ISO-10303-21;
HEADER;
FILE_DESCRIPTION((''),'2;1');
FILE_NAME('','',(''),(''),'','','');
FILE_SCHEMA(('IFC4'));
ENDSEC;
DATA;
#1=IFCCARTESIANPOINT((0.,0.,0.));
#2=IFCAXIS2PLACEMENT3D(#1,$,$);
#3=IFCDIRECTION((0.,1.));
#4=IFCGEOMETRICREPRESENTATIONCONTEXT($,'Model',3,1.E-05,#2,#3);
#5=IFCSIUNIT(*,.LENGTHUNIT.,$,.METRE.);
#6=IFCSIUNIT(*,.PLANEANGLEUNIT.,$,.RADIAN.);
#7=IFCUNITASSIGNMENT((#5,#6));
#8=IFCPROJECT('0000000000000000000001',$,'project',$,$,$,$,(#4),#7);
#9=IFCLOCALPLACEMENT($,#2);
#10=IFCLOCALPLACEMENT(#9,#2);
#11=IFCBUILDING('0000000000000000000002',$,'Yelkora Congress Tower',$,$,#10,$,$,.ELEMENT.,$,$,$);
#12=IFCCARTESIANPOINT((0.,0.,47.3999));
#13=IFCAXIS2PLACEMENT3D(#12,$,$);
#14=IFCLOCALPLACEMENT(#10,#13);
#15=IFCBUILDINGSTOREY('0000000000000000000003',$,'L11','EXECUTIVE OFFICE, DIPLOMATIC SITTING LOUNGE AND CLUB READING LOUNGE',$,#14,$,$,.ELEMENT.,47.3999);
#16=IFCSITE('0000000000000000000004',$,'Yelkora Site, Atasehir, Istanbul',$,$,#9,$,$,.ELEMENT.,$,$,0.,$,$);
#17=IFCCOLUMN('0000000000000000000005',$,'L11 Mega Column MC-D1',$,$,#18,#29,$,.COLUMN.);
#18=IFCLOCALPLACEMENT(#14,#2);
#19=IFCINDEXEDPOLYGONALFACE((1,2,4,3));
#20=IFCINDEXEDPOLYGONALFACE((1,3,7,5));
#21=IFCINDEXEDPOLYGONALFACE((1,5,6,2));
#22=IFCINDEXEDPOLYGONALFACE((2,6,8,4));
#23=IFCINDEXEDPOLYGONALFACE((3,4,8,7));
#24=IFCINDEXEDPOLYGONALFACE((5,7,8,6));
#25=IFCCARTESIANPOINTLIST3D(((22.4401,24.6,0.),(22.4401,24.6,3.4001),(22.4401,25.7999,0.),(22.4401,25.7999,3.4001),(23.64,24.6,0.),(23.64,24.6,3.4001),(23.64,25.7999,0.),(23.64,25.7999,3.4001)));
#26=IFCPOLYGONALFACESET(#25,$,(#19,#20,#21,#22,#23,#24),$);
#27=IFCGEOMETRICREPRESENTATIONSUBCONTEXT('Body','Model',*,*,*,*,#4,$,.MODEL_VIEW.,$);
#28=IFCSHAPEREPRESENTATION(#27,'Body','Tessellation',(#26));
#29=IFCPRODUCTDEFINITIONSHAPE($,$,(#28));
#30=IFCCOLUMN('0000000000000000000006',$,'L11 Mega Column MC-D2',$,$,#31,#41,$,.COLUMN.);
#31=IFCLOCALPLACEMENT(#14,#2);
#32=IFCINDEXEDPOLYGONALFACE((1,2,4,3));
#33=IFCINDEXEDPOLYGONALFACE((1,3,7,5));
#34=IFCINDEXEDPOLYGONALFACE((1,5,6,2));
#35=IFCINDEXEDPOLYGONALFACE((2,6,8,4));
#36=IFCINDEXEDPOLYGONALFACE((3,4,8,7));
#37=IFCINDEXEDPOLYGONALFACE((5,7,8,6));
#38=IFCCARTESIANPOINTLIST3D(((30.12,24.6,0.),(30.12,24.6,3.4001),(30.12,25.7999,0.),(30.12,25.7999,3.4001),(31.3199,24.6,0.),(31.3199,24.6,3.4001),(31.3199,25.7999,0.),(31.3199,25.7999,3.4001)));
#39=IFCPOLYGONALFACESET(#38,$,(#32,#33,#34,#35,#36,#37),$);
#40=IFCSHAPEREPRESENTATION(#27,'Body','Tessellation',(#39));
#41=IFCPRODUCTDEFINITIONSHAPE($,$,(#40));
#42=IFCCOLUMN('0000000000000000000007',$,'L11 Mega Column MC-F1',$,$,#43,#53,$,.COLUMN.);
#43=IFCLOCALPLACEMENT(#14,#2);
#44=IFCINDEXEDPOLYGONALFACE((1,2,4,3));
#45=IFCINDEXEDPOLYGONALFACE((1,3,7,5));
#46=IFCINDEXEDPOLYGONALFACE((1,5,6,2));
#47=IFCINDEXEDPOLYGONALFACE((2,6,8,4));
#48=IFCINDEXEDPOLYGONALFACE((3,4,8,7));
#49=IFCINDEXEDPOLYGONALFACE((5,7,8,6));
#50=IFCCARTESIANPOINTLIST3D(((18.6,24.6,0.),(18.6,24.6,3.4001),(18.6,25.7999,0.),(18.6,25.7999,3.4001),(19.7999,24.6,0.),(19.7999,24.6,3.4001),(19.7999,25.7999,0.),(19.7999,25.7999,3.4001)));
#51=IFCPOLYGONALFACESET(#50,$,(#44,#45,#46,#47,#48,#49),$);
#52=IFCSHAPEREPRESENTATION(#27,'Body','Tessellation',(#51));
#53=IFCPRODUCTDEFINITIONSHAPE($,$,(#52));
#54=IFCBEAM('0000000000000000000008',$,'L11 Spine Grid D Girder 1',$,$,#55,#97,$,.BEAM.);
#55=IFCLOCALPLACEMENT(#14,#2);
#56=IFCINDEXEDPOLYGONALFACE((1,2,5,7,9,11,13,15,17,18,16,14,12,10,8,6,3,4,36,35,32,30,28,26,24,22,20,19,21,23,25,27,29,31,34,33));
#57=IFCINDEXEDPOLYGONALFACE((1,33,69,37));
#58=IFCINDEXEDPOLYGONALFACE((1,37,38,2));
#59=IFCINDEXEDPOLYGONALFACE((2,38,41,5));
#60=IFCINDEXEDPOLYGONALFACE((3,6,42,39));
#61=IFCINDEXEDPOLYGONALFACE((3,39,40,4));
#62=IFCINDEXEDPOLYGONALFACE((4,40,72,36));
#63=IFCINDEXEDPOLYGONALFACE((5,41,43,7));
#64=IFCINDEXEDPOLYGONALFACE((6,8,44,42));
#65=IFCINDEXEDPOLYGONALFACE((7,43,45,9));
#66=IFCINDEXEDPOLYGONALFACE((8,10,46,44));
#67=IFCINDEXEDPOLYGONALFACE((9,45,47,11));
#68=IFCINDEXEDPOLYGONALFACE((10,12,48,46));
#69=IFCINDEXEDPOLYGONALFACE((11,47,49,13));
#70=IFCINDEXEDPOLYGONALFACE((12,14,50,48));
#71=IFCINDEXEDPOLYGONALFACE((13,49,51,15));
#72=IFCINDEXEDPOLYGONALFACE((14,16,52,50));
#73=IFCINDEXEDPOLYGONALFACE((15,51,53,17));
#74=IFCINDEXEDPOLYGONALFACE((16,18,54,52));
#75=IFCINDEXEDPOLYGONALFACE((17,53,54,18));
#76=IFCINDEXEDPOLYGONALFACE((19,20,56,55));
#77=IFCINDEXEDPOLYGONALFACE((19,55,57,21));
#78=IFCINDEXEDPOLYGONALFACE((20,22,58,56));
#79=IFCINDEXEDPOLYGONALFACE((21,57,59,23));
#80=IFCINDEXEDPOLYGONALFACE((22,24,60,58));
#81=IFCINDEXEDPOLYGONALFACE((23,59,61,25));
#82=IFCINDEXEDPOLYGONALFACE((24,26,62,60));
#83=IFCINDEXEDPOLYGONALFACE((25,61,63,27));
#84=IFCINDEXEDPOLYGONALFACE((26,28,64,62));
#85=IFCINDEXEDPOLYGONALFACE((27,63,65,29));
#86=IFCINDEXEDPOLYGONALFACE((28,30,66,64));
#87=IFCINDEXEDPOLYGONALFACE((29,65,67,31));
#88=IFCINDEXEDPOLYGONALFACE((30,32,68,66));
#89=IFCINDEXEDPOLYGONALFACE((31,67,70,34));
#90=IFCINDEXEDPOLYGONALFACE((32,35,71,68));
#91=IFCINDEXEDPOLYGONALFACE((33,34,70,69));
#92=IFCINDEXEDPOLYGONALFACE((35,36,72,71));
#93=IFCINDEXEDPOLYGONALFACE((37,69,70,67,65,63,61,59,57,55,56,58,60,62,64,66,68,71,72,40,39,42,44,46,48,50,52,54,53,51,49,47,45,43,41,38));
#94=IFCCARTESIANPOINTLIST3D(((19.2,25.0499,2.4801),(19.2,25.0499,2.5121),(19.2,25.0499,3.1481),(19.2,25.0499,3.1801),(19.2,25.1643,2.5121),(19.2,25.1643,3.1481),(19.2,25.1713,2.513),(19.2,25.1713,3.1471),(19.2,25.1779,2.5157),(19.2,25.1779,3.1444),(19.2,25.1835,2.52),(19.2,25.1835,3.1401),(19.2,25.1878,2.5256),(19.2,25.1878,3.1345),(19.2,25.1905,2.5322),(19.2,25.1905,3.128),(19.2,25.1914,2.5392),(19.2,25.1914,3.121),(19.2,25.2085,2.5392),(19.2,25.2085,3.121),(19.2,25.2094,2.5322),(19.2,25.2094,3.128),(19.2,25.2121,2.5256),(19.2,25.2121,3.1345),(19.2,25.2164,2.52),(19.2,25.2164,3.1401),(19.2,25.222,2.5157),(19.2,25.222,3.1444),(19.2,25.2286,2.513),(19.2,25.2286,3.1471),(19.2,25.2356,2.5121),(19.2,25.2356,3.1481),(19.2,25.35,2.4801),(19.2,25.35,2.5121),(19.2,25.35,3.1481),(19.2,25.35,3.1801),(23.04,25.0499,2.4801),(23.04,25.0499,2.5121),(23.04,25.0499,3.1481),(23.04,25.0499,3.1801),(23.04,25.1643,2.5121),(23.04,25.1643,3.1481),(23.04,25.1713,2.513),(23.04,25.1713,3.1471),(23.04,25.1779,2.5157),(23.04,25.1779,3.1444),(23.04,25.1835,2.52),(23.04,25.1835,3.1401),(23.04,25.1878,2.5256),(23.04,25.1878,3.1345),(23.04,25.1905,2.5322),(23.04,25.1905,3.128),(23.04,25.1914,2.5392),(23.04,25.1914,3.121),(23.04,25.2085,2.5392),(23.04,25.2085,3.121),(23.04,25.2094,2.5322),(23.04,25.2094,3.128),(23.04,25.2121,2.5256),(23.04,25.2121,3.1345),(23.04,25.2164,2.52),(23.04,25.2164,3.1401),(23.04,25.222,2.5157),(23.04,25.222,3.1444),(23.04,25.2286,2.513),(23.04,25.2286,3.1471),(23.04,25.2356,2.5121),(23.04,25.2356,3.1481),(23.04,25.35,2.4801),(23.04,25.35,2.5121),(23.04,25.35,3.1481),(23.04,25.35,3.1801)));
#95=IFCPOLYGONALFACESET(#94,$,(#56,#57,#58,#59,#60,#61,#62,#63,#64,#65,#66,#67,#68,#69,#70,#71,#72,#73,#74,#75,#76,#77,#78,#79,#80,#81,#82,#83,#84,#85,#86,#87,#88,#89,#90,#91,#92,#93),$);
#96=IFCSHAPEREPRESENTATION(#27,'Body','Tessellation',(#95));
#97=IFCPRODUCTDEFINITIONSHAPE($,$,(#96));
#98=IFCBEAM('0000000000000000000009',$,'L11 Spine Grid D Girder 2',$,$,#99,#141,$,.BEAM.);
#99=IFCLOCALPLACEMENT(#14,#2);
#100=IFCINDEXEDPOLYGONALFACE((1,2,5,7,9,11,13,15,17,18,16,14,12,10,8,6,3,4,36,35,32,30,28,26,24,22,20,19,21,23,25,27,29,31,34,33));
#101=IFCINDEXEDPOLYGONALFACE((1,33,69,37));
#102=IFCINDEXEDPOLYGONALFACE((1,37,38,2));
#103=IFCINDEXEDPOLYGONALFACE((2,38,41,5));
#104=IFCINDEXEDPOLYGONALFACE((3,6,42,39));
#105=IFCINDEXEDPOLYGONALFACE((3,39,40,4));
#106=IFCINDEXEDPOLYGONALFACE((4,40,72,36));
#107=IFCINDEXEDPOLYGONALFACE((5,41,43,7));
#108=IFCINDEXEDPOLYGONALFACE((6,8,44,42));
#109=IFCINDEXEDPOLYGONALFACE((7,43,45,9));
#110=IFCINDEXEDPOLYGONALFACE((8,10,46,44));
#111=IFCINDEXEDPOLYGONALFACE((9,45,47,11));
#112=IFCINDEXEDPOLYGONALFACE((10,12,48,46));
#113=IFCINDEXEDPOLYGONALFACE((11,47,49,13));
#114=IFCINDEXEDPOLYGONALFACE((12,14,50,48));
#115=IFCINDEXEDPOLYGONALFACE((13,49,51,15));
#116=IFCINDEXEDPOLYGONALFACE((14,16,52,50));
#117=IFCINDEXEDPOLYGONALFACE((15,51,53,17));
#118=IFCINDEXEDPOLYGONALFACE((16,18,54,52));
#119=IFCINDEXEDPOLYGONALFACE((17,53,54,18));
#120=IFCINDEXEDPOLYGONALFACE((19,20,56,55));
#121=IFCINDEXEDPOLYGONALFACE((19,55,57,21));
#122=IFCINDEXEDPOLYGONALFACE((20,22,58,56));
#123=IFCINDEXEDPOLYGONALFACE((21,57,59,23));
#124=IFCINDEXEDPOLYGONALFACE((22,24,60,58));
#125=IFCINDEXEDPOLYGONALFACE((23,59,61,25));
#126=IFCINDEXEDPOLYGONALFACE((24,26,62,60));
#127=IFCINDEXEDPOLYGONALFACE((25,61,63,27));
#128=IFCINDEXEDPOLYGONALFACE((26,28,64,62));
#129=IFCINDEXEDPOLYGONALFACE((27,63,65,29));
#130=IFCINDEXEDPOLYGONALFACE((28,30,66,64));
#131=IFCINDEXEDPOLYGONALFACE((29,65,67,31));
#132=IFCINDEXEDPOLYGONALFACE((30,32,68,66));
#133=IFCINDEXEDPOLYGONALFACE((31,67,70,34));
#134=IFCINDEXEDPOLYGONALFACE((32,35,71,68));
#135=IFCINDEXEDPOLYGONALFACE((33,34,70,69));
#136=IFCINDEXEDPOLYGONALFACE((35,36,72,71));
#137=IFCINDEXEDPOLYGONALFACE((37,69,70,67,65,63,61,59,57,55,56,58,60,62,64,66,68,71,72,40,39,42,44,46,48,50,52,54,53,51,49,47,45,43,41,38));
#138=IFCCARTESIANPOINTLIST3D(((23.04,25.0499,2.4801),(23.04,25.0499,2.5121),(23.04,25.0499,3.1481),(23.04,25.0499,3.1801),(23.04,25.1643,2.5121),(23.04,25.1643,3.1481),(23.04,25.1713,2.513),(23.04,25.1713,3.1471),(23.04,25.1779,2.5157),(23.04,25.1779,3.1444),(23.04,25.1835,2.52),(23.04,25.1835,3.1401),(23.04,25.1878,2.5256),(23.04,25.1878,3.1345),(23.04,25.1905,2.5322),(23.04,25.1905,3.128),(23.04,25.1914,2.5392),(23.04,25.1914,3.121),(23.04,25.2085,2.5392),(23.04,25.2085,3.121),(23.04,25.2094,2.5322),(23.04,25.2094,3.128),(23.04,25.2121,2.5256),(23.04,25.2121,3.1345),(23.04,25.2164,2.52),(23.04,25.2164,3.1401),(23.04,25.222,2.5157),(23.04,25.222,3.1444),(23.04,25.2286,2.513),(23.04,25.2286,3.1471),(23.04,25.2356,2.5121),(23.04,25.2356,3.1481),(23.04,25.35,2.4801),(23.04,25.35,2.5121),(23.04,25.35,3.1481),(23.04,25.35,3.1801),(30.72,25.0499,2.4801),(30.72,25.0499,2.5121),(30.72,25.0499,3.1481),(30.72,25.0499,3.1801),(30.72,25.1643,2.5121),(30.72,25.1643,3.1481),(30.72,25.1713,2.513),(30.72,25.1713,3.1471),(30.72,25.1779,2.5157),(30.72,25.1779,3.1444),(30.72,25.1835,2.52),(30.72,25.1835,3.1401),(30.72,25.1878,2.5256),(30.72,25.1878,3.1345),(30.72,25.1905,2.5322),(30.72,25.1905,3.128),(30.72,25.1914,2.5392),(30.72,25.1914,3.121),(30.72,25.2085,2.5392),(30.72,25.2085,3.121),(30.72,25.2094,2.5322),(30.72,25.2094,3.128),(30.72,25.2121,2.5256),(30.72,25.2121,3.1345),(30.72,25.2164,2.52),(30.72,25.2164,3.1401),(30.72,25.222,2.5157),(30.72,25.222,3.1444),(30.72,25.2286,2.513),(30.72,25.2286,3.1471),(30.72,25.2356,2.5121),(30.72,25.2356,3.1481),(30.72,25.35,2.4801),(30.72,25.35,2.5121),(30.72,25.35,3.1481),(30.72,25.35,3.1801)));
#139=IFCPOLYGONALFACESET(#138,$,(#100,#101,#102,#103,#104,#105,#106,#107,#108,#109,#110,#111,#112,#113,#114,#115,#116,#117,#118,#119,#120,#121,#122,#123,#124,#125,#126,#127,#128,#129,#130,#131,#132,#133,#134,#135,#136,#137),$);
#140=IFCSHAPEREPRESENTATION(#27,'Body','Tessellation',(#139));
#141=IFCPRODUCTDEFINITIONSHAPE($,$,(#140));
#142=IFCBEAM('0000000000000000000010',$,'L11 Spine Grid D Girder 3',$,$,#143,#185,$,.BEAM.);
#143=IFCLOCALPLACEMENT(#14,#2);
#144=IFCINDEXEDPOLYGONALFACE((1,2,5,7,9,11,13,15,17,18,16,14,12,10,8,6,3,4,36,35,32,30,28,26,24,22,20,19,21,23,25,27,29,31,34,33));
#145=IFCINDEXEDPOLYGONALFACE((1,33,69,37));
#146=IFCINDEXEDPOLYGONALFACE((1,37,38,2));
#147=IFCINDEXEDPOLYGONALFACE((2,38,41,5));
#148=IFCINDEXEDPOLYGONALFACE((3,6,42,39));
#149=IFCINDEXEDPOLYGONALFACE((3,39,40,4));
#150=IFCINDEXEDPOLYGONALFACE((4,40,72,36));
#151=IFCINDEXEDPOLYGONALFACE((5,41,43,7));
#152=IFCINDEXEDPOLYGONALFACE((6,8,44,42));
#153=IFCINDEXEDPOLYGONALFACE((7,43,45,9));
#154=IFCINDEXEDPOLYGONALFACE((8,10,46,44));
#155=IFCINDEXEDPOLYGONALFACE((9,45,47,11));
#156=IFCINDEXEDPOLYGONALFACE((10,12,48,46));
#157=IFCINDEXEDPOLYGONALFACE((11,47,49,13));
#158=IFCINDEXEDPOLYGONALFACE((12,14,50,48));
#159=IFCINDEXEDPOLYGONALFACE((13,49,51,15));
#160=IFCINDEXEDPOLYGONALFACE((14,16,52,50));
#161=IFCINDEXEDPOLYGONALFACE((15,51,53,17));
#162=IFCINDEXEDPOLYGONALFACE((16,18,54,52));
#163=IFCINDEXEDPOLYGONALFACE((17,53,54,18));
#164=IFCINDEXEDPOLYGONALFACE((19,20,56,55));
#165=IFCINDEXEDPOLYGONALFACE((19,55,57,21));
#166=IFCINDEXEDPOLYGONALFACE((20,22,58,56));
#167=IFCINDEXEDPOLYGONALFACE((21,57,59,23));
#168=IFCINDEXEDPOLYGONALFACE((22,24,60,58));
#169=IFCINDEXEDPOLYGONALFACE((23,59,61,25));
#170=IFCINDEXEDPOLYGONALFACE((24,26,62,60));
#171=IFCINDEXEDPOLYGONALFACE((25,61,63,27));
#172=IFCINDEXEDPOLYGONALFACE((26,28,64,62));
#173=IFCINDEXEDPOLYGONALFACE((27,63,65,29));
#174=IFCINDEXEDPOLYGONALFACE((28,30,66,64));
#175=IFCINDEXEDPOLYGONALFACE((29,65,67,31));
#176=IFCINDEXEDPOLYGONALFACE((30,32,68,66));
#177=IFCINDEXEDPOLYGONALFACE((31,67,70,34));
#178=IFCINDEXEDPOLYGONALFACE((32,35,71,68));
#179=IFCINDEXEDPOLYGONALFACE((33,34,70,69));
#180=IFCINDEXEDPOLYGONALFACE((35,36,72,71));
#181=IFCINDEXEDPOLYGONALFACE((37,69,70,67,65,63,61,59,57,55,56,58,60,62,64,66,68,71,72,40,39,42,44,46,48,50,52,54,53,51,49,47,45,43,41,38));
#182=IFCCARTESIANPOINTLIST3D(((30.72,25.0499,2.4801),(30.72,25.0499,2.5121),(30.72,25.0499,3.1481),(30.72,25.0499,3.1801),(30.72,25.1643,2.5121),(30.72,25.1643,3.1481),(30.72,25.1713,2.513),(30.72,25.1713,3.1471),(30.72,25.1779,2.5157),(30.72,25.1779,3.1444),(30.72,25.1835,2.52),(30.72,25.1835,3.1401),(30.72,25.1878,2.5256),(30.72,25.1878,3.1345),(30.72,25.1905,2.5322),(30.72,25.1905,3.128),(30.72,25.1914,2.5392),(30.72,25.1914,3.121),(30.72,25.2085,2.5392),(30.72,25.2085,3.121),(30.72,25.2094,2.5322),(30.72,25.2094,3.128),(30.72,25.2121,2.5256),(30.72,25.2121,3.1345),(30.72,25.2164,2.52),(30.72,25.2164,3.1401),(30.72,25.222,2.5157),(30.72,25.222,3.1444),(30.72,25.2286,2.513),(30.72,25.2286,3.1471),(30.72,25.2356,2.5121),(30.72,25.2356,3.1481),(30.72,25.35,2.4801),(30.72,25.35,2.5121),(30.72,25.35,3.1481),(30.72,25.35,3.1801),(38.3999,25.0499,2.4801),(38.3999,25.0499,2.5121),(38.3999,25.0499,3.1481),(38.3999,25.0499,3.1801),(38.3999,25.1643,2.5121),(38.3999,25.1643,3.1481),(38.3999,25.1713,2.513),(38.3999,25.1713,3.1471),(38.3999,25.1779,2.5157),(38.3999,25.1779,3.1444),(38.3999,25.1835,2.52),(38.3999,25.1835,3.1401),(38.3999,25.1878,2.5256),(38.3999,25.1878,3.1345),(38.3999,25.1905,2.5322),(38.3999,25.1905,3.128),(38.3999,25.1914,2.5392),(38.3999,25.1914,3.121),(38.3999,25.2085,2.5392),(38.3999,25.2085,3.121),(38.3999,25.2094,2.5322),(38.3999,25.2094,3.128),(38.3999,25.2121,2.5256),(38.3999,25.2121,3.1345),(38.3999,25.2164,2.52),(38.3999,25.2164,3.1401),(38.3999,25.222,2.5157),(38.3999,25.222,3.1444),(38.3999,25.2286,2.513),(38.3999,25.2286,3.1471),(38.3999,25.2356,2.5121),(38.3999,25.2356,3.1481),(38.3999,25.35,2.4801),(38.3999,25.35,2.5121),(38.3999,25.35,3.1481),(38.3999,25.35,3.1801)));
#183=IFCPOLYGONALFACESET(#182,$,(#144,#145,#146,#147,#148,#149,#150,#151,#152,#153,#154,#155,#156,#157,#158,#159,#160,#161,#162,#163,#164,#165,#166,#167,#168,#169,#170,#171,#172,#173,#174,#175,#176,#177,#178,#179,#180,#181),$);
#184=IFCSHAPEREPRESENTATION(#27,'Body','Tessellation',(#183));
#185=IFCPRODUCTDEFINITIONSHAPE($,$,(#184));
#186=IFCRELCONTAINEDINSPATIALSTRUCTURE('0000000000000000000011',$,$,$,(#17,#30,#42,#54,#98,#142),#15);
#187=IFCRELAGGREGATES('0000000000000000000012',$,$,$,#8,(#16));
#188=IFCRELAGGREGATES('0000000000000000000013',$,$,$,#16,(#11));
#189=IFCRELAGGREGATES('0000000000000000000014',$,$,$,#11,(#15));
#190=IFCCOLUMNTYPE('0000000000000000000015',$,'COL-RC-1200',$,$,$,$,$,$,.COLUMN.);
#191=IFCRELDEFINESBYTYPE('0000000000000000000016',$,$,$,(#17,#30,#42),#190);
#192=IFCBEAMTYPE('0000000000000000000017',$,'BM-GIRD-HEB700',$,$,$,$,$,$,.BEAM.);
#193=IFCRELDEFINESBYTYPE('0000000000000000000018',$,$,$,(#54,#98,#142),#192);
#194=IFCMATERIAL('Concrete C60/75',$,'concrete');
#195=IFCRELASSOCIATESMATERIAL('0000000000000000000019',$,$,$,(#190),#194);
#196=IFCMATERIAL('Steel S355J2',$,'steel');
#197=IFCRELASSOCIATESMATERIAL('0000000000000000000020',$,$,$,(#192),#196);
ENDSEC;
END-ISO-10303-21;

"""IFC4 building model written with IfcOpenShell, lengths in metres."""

from ifc_helpers import new_model, si_unit, direction, frame, origin, origin_2d, place, context, subcontext, project, spatial, rectangle, i_section, extrude, material, material_profile, profile_set, type_object, element, save


model = new_model("IFC4")

# Units and contexts
model_context = context("Model", 3, precision=1e-05, world=origin(), true_north=direction((0.0, 1.0)))
body_context = subcontext(model_context, "Body", "Model", "MODEL_VIEW")
ifc_project = project(units=[si_unit("LENGTHUNIT", "METRE"), si_unit("PLANEANGLEUNIT", "RADIAN")], contexts=[model_context])

# Site, building, storey
site_placement = place(None, origin())
site = spatial("IfcSite", under=ifc_project, at=site_placement, Name="Yelkora Site, Atasehir, Istanbul", CompositionType="ELEMENT", RefElevation=0.0)
building_placement = place(site_placement, origin())
building = spatial("IfcBuilding", under=site, at=building_placement, Name="Yelkora Congress Tower", CompositionType="ELEMENT")
storey_placement = place(building_placement, frame((0.0, 0.0, 47.3999)))
storey = spatial("IfcBuildingStorey", under=building, at=storey_placement, Name="L11", Description="EXECUTIVE OFFICE, DIPLOMATIC SITTING LOUNGE AND CLUB READING LOUNGE", CompositionType="ELEMENT", Elevation=47.3999)

# Columns
ifc_material_1 = material(Name="Concrete C60/75", Category="concrete")
ifc_material_profile_1 = material_profile(ifc_material_1, rectangle(XDim=1.2, YDim=1.2, at=origin_2d()), Name="RC 1200x1200")
ifc_profile_set_1 = profile_set([ifc_material_profile_1], Name="Concrete C60/75")
column_type = type_object("IfcColumnType", Name="COL-RC-1200", PredefinedType="COLUMN", material=ifc_profile_set_1)
for number, where, z_axis, x_axis, name in (
    (1, (23.04, 25.2, 0.0), (0.0, 0.0, 1.0), (1.0, 0.0, 0.0), "L11 Mega Column MC-D1"),
    (2, (30.72, 25.2, 0.0), (0.0, 0.0, 1.0), (1.0, 0.0, 0.0), "L11 Mega Column MC-D2"),
    (3, (19.2, 25.2, 0.0), (0.0, 0.0, 1.0), (1.0, 0.0, 0.0), "L11 Mega Column MC-F1"),
):
    element("IfcColumn", number, at=place(storey_placement, frame(where, z_axis=z_axis, x_axis=x_axis)), inside=storey, type_object=column_type, Name=name, PredefinedType="COLUMN", context=body_context, shape_type="SweptSolid", body=[
        extrude(rectangle(XDim=1.2, YDim=1.2, at=origin_2d()), origin(), (0.0, 0.0, 1.0), 3.4001),
    ])

# Beams
ifc_material_2 = material(Name="Steel S355J2", Category="steel")
ifc_material_profile_2 = material_profile(ifc_material_2, i_section(OverallWidth=0.3, OverallDepth=0.7, WebThickness=0.0171, FlangeThickness=0.032, FilletRadius=0.0271, at=origin_2d()), Name="HEB 700")
ifc_profile_set_2 = profile_set([ifc_material_profile_2], Name="Steel S355J2")
beam_type_1 = type_object("IfcBeamType", Name="BM-GIRD-HEB700", PredefinedType="BEAM", material=ifc_profile_set_2)
beam_1_placement = place(storey_placement, frame((19.2, 25.2, 2.8301), z_axis=(1.0, 0.0, 0.0), x_axis=(0.0, 1.0, 0.0)))
element("IfcBeam", 4, at=beam_1_placement, inside=storey, type_object=beam_type_1, Name="L11 Spine Grid D Girder 1", PredefinedType="BEAM", context=body_context, shape_type="SweptSolid", body=[
    extrude(i_section(OverallWidth=0.3, OverallDepth=0.7, WebThickness=0.0171, FlangeThickness=0.032, FilletRadius=0.0271, at=origin_2d()), origin(), (0.0, 0.0, 1.0), 3.8401),
])
for number, where, z_axis, x_axis, name in (
    (5, (23.04, 25.2, 2.8301), (1.0, 0.0, 0.0), (0.0, 1.0, 0.0), "L11 Spine Grid D Girder 2"),
    (6, (30.72, 25.2, 2.8301), (1.0, 0.0, 0.0), (0.0, 1.0, 0.0), "L11 Spine Grid D Girder 3"),
):
    element("IfcBeam", number, at=place(storey_placement, frame(where, z_axis=z_axis, x_axis=x_axis)), inside=storey, type_object=beam_type_1, Name=name, PredefinedType="BEAM", context=body_context, shape_type="SweptSolid", body=[
        extrude(i_section(OverallWidth=0.3, OverallDepth=0.7, WebThickness=0.0171, FlangeThickness=0.032, FilletRadius=0.0271, at=origin_2d()), origin(), (0.0, 0.0, 1.0), 7.6799),
    ])

save(model, "model.ifc")
